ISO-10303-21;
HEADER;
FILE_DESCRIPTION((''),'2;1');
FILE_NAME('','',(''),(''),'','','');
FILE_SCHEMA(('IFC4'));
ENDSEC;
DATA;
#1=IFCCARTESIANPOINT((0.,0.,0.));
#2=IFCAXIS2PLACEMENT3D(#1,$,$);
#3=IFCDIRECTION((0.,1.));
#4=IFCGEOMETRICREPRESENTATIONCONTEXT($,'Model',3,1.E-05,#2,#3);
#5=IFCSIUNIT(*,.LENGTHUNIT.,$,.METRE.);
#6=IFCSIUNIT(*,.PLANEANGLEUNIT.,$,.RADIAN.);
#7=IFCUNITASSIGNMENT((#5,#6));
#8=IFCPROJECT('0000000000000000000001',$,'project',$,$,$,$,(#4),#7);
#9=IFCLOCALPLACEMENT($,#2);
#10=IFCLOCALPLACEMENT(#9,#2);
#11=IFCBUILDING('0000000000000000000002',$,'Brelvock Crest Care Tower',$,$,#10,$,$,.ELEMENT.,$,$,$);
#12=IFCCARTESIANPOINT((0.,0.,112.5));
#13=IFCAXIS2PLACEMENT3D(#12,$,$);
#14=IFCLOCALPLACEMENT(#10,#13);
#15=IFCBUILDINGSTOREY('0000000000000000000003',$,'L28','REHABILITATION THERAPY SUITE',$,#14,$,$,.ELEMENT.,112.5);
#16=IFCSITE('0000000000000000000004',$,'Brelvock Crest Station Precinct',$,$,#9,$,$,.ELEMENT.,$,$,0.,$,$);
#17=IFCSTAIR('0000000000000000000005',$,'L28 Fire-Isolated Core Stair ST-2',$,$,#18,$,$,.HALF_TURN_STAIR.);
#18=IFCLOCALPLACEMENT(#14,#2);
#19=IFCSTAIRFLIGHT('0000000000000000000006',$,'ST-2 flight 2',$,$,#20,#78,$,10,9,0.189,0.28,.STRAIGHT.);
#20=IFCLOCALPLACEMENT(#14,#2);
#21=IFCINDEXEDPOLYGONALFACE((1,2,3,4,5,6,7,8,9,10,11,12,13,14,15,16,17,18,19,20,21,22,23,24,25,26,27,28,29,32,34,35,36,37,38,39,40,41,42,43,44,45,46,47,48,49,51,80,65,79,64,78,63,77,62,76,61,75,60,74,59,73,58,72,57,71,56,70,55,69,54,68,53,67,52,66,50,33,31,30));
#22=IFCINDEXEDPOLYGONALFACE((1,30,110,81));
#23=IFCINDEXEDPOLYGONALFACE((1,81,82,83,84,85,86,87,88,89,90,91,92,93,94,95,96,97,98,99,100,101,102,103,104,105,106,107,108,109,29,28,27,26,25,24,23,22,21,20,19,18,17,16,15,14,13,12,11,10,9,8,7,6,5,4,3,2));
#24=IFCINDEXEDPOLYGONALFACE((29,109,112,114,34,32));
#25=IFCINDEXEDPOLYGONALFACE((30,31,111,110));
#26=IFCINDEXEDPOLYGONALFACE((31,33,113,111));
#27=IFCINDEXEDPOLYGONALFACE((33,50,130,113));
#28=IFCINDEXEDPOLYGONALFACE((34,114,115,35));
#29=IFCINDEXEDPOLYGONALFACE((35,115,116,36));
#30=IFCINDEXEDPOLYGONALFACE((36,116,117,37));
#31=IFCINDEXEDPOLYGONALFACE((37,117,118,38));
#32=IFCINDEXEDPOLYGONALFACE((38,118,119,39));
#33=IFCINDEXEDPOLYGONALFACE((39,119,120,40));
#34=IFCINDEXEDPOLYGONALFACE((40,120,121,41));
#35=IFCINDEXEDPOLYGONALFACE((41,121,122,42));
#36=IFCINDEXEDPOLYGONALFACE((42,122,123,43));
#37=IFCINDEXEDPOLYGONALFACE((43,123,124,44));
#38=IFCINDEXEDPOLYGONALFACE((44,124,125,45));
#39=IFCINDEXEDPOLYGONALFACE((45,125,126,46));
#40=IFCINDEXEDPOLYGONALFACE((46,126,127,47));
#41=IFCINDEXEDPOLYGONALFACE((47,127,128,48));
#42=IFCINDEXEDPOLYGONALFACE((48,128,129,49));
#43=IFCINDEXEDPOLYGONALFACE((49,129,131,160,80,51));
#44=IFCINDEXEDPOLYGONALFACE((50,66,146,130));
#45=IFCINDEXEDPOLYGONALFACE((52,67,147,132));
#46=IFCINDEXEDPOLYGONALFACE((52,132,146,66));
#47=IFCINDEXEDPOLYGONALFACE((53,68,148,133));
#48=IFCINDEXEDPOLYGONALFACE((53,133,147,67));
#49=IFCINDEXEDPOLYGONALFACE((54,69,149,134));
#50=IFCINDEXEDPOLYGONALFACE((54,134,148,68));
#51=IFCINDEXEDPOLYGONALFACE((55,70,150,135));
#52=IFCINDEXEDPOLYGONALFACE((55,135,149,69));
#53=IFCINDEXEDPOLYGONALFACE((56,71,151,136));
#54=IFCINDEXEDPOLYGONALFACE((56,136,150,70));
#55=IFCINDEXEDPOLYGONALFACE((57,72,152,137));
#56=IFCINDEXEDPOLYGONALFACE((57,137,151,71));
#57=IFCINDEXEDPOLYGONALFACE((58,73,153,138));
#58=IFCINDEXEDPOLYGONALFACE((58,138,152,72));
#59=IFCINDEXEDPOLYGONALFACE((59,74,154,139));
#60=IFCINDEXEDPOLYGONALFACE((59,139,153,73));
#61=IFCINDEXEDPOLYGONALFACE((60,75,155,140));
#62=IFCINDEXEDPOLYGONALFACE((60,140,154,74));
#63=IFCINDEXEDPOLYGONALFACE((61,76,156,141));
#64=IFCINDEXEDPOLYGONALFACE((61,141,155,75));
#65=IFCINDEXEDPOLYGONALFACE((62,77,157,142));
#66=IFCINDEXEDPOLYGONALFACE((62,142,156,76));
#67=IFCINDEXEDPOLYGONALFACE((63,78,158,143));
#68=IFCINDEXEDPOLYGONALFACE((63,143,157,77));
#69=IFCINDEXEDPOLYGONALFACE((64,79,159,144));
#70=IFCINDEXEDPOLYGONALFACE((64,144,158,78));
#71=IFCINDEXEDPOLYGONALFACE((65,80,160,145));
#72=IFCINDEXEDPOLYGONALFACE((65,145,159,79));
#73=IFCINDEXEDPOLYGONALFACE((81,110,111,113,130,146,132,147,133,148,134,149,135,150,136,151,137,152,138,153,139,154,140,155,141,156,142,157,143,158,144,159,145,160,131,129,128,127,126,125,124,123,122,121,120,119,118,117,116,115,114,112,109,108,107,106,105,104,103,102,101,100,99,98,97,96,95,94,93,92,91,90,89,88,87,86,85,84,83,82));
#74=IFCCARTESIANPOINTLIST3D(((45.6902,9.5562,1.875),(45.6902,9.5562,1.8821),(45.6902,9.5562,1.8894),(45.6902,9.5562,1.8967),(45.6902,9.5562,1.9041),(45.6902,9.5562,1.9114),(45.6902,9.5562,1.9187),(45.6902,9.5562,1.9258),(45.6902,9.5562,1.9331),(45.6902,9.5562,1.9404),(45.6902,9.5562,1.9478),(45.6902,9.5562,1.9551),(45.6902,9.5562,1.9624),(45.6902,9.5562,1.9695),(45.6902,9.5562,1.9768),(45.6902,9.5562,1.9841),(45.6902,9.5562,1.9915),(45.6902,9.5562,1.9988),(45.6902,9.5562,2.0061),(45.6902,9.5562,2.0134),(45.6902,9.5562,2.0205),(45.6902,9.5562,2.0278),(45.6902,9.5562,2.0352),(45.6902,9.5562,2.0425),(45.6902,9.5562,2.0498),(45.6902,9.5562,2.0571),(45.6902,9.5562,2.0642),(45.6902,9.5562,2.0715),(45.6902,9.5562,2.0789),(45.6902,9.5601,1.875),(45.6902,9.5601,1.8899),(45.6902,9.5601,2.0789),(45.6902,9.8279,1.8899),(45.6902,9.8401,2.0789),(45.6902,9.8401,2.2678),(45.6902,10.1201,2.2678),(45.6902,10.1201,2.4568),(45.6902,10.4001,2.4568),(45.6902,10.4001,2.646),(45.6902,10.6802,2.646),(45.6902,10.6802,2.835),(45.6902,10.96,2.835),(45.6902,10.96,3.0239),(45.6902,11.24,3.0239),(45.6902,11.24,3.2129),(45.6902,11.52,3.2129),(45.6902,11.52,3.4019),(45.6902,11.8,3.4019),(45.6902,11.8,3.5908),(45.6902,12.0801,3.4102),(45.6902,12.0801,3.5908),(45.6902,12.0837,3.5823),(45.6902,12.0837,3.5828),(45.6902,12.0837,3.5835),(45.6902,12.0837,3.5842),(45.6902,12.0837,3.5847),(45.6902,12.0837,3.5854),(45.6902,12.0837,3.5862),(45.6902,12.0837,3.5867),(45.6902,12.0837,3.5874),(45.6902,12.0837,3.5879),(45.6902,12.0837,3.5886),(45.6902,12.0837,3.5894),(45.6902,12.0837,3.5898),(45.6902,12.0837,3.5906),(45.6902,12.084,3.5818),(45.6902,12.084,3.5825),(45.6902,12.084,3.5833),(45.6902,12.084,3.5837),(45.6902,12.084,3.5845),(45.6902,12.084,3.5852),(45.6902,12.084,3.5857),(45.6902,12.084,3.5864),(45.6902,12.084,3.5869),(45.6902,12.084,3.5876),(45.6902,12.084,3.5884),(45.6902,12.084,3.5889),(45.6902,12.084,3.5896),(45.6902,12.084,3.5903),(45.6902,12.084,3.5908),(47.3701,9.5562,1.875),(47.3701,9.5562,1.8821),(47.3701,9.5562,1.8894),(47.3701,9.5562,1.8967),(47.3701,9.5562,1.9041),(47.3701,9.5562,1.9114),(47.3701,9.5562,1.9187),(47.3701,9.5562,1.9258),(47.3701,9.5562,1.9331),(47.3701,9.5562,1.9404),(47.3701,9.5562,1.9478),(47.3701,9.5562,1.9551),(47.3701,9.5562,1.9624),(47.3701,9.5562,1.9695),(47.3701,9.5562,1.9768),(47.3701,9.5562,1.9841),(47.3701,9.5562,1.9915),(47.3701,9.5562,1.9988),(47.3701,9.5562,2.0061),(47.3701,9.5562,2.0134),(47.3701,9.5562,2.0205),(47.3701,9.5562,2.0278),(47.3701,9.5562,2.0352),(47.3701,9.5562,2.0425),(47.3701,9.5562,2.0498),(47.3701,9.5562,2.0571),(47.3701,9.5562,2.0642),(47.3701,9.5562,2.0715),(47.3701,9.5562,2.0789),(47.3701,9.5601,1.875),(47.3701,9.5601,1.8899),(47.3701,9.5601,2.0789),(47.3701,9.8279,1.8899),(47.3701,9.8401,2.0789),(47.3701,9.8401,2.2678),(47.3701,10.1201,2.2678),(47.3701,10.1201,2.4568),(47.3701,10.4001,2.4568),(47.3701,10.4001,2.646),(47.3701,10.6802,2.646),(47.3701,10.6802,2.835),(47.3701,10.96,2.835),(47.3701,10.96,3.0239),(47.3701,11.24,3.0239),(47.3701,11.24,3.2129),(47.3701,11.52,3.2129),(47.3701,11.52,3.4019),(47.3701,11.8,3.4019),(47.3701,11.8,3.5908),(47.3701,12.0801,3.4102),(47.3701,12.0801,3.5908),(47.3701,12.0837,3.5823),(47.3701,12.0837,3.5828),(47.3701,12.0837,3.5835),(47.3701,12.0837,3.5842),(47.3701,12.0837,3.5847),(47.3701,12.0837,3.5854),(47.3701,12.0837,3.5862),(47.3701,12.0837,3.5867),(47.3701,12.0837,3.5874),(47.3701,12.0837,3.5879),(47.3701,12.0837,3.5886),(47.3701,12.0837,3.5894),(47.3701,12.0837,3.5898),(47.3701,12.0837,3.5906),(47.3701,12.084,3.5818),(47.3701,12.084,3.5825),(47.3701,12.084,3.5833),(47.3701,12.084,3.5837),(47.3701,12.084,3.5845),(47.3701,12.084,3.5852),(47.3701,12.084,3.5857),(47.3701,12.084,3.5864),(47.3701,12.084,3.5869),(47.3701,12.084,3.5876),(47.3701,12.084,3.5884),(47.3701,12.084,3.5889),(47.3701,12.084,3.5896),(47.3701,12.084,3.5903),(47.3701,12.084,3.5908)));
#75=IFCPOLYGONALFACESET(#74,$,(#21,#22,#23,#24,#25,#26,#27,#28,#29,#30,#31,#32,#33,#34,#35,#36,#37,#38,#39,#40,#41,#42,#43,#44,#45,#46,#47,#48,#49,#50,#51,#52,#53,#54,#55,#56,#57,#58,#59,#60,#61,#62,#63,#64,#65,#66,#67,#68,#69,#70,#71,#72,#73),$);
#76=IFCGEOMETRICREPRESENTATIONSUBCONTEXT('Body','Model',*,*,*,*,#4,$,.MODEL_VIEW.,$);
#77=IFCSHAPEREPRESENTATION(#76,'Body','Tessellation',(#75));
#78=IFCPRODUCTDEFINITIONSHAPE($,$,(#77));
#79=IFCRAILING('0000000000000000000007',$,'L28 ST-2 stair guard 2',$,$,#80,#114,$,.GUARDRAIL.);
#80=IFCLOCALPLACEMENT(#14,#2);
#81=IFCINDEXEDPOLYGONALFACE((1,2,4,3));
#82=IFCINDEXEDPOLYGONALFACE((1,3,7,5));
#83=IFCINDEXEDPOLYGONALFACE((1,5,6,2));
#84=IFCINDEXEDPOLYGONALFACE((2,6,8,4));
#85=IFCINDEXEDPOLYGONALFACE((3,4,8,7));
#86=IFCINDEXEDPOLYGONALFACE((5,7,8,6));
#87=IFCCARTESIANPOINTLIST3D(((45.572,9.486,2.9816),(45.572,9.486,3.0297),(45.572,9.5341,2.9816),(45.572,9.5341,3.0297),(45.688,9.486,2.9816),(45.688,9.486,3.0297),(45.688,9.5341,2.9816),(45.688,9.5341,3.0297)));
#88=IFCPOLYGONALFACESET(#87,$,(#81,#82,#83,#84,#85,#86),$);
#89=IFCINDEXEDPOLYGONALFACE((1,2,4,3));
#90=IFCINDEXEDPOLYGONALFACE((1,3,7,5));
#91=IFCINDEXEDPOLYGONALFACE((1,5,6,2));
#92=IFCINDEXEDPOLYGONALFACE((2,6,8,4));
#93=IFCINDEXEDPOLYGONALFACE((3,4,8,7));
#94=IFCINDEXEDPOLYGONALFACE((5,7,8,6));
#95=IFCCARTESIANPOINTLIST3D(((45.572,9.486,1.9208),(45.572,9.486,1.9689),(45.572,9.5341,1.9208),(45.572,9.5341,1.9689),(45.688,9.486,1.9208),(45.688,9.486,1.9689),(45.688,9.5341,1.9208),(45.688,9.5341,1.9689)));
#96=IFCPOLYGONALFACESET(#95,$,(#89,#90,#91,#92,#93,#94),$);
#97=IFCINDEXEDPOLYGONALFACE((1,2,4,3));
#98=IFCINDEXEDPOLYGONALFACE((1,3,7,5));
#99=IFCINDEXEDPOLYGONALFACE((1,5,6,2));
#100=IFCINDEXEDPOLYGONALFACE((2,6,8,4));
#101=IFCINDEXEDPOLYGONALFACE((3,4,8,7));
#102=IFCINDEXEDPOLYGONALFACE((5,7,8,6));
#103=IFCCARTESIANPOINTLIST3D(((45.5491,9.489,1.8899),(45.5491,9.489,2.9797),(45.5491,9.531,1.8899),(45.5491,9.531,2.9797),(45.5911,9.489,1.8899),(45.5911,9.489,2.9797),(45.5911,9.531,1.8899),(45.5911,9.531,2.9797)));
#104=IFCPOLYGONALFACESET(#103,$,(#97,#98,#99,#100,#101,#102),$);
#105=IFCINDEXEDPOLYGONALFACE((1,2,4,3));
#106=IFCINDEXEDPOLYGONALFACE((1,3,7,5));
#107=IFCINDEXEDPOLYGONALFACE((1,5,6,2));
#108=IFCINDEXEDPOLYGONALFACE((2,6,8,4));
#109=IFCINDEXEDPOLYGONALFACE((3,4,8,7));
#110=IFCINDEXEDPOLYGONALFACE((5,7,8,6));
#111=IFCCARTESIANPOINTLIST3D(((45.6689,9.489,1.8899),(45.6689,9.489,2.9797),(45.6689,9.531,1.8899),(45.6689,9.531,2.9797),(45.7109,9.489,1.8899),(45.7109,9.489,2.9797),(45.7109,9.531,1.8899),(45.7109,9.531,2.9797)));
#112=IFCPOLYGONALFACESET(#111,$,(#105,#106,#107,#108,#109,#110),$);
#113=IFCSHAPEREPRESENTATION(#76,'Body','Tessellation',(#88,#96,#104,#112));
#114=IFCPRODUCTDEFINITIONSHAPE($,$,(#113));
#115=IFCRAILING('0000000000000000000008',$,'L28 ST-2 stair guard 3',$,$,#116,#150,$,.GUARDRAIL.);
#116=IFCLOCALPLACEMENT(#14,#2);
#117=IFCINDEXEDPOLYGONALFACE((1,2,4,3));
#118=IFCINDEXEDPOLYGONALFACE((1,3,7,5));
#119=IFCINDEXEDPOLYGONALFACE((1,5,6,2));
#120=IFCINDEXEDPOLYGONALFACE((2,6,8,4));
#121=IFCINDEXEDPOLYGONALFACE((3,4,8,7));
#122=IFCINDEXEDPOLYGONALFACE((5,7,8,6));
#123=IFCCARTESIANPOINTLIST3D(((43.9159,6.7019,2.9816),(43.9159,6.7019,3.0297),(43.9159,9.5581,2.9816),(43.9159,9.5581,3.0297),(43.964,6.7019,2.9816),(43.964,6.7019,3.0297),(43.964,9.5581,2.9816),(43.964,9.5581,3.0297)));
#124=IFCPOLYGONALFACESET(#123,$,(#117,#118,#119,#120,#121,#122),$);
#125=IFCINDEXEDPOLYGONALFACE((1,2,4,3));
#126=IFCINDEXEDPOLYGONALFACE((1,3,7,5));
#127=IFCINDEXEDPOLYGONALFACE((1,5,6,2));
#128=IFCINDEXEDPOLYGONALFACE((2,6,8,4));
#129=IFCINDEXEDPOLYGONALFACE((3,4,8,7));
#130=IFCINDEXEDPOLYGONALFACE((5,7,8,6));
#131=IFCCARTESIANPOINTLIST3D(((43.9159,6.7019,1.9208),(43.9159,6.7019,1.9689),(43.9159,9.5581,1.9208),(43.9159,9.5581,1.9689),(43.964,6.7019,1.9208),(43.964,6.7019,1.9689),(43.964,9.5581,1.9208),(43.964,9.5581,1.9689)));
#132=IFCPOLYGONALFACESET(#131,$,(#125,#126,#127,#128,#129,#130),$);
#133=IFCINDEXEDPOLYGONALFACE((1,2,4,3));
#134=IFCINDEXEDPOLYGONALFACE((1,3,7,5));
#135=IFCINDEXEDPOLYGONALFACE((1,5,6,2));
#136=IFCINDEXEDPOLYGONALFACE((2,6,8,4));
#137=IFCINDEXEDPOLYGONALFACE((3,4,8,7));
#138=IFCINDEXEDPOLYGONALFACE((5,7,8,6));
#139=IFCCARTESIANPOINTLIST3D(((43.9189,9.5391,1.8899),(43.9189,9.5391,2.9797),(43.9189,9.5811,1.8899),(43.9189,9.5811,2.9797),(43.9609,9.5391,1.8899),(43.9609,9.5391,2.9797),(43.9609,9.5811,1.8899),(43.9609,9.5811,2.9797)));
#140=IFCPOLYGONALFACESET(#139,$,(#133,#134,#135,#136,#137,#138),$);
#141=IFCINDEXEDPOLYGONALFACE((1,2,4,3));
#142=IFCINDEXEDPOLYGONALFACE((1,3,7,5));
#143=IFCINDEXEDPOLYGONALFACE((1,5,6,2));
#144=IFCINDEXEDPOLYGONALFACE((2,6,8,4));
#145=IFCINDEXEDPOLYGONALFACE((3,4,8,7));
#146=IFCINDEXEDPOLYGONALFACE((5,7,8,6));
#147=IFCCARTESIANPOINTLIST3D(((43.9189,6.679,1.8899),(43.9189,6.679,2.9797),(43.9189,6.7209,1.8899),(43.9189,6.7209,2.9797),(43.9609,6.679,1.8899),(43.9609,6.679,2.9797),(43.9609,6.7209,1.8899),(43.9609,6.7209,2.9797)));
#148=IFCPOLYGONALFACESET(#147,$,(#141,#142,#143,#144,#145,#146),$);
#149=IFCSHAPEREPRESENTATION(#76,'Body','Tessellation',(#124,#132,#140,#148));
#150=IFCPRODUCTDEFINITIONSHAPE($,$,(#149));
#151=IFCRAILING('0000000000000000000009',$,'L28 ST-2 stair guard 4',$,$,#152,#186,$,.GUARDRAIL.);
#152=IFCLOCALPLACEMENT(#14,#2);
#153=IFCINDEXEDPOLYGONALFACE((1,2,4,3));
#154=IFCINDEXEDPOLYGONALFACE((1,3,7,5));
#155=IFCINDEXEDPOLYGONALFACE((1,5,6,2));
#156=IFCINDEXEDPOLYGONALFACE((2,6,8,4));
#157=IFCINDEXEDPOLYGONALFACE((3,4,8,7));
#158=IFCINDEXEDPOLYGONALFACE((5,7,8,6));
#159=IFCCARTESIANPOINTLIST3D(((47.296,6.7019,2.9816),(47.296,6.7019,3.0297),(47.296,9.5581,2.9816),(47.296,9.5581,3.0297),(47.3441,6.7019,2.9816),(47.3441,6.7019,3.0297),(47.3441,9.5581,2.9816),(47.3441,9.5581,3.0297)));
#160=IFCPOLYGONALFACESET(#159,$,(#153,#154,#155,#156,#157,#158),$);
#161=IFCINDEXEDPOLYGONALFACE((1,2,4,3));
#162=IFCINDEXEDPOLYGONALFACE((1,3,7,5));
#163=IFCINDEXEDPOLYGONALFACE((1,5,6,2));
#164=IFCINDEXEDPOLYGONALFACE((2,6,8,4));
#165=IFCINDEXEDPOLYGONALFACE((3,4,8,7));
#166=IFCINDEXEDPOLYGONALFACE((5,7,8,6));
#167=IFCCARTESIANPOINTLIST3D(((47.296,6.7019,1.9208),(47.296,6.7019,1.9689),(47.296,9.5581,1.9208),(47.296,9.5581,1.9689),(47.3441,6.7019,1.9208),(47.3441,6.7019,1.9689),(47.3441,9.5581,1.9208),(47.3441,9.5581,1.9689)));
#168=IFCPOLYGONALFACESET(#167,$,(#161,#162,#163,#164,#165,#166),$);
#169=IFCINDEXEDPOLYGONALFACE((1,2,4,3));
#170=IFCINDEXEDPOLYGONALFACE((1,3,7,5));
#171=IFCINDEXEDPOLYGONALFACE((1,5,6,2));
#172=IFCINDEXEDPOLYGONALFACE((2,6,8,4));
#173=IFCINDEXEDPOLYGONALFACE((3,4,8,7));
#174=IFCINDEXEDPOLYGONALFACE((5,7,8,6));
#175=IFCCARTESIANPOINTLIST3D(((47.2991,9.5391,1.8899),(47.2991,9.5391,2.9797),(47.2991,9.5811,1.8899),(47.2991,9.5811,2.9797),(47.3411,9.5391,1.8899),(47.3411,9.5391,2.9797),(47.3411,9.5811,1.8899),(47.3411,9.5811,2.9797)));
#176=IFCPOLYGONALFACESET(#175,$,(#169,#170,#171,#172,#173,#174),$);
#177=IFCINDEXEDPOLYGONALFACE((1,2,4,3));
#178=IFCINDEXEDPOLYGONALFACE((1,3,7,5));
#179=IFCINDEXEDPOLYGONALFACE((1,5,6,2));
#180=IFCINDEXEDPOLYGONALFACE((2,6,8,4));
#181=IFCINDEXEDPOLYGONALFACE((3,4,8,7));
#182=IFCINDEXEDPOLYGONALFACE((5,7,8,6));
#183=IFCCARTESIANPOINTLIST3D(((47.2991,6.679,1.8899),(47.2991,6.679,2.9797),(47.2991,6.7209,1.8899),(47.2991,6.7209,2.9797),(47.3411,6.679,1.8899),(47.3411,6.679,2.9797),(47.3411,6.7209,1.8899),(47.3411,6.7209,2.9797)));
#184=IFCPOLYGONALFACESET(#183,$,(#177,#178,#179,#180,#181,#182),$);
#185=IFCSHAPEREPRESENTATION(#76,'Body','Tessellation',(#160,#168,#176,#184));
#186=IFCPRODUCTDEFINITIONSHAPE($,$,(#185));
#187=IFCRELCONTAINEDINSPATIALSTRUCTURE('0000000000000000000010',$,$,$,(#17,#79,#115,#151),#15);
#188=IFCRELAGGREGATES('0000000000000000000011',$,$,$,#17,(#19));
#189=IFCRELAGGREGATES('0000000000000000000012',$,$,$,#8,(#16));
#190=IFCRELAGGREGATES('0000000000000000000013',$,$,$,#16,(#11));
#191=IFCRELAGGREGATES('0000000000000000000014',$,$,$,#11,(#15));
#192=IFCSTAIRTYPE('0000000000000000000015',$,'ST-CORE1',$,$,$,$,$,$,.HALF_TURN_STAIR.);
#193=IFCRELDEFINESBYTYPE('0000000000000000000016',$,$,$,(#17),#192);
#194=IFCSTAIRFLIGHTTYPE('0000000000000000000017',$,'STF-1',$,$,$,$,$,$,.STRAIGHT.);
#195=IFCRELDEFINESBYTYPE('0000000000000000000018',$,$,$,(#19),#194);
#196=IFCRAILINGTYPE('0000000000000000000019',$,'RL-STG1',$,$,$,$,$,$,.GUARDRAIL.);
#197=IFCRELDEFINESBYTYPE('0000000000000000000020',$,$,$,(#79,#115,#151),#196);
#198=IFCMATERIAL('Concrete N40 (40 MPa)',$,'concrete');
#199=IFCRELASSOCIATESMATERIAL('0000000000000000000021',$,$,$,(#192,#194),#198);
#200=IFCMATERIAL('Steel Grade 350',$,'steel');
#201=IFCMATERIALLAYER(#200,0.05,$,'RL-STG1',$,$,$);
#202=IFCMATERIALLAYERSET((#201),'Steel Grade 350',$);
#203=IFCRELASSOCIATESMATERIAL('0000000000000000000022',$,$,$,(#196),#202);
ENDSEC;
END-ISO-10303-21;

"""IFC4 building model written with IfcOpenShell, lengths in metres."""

from ifc_helpers import new_model, si_unit, direction, frame, origin, origin_2d, place, context, subcontext, project, spatial, polyline, rectangle, outline, extrude, material, layer, layer_set, type_object, element, aggregate, save


model = new_model("IFC4")

# Units and contexts
model_context = context("Model", 3, precision=1e-05, world=origin(), true_north=direction((0.0, 1.0)))
body_context = subcontext(model_context, "Body", "Model", "MODEL_VIEW")
ifc_project = project(units=[si_unit("LENGTHUNIT", "METRE"), si_unit("PLANEANGLEUNIT", "RADIAN")], contexts=[model_context])

# Site, building, storey
site_placement = place(None, origin())
site = spatial("IfcSite", under=ifc_project, at=site_placement, Name="Brelvock Crest Station Precinct", CompositionType="ELEMENT", RefElevation=0.0)
building_placement = place(site_placement, origin())
building = spatial("IfcBuilding", under=site, at=building_placement, Name="Brelvock Crest Care Tower", CompositionType="ELEMENT")
storey_placement = place(building_placement, frame((0.0, 0.0, 112.5)))
storey = spatial("IfcBuildingStorey", under=building, at=storey_placement, Name="L28", Description="REHABILITATION THERAPY SUITE", CompositionType="ELEMENT", Elevation=112.5)

# Shared definitions
ifc_material_1 = material(Name="Steel Grade 350", Category="steel")

# Stair, stair flight
ifc_material_2 = material(Name="Concrete N40 (40 MPa)", Category="concrete")
stair_type = type_object("IfcStairType", Name="ST-CORE1", PredefinedType="HALF_TURN_STAIR", material=ifc_material_2)
stair_placement = place(storey_placement, origin())
stair = element("IfcStair", 1, at=stair_placement, inside=storey, type_object=stair_type, Name="L28 Fire-Isolated Core Stair ST-2", PredefinedType="HALF_TURN_STAIR")
stair_flight_type = type_object("IfcStairFlightType", Name="STF-1", PredefinedType="STRAIGHT", material=ifc_material_2)
stair_flight_placement = place(storey_placement, frame((46.53, 9.5601, 1.8899), z_axis=(0.0, 0.0, 1.0), x_axis=(0.0, 1.0, 0.0)))
stair_flight = element("IfcStairFlight", 2, at=stair_flight_placement, type_object=stair_flight_type, Name="ST-2 flight 2", NumberOfRisers=10, NumberOfTreads=9, PredefinedType="STRAIGHT", RiserHeight=0.189, TreadLength=0.28, context=body_context, shape_type="SweptSolid", body=[
    extrude(outline(polyline([(-0.0039, -0.0149), (-0.0039, -0.0078), (-0.0039, -0.0005), (-0.0039, 0.0068), (-0.0039, 0.0142), (-0.0039, 0.0215), (-0.0039, 0.0288), (-0.0039, 0.0359), (-0.0039, 0.0432), (-0.0039, 0.0505), (-0.0039, 0.0579), (-0.0039, 0.0652), (-0.0039, 0.0725), (-0.0039, 0.0796), (-0.0039, 0.0869), (-0.0039, 0.0942), (-0.0039, 0.1016), (-0.0039, 0.1089), (-0.0039, 0.1162), (-0.0039, 0.1235), (-0.0039, 0.1306), (-0.0039, 0.1379), (-0.0039, 0.1453), (-0.0039, 0.1526), (-0.0039, 0.1599), (-0.0039, 0.1672), (-0.0039, 0.1743), (-0.0039, 0.1816), (-0.0039, 0.189), (0.0, 0.189), (0.28, 0.189), (0.28, 0.3779), (0.5601, 0.3779), (0.5601, 0.5669), (0.8401, 0.5669), (0.8401, 0.7561), (1.1201, 0.7561), (1.1201, 0.9451), (1.3999, 0.9451), (1.3999, 1.134), (1.6799, 1.134), (1.6799, 1.323), (1.96, 1.323), (1.96, 1.512), (2.24, 1.512), (2.24, 1.7009), (2.52, 1.7009), (2.5239, 1.7009), (2.5237, 1.7007), (2.5239, 1.7004), (2.5237, 1.7), (2.5239, 1.6997), (2.5237, 1.6995), (2.5239, 1.699), (2.5237, 1.6987), (2.5239, 1.6985), (2.5237, 1.698), (2.5239, 1.6978), (2.5237, 1.6975), (2.5239, 1.697), (2.5237, 1.6968), (2.5239, 1.6965), (2.5237, 1.6963), (2.5239, 1.6958), (2.5237, 1.6956), (2.5239, 1.6953), (2.5237, 1.6948), (2.5239, 1.6946), (2.5237, 1.6943), (2.5239, 1.6938), (2.5237, 1.6936), (2.5239, 1.6934), (2.5237, 1.6929), (2.5239, 1.6926), (2.5237, 1.6924), (2.5239, 1.6919), (2.52, 1.5203), (0.2678, 0.0), (0.0, 0.0), (0.0, -0.0149), (-0.0039, -0.0149)])), frame((0.0, 0.8398, 0.0), z_axis=(0.0, -1.0, 0.0), x_axis=(1.0, 0.0, 0.0)), (0.0, 0.0, 1.0), 1.6799),
])
aggregate(stair, [stair_flight])

# Railings
ifc_layer_1 = layer(ifc_material_1, 0.05, Name="RL-STG1")
ifc_layer_set_1 = layer_set([ifc_layer_1], Name="Steel Grade 350")
railing_type_1 = type_object("IfcRailingType", Name="RL-STG1", PredefinedType="GUARDRAIL", material=ifc_layer_set_1)
railing_1_placement = place(storey_placement, frame((45.5701, 9.51, 1.8899)))
element("IfcRailing", 3, at=railing_1_placement, inside=storey, type_object=railing_type_1, Name="L28 ST-2 stair guard 2", PredefinedType="GUARDRAIL", context=body_context, shape_type="SweptSolid", body=[
    extrude(rectangle(XDim=0.0481, YDim=0.0481, at=origin_2d()), frame((0.002, 0.0, 1.1157), z_axis=(1.0, 0.0, 0.0), x_axis=(0.0, 1.0, 0.0)), (0.0, 0.0, 1.0), 0.116),
    extrude(rectangle(XDim=0.0481, YDim=0.0481, at=origin_2d()), frame((0.002, 0.0, 0.0549), z_axis=(1.0, 0.0, 0.0), x_axis=(0.0, 1.0, 0.0)), (0.0, 0.0, 1.0), 0.116),
    extrude(rectangle(XDim=0.042, YDim=0.042, at=origin_2d()), origin(), (0.0, 0.0, 1.0), 1.0898),
    extrude(rectangle(XDim=0.042, YDim=0.042, at=origin_2d()), frame((0.1199, 0.0, 0.0)), (0.0, 0.0, 1.0), 1.0898),
])
for number, where, name in (
    (4, (43.9399, 9.5601, 1.8899), "L28 ST-2 stair guard 3"),
    (5, (47.3201, 9.5601, 1.8899), "L28 ST-2 stair guard 4"),
):
    element("IfcRailing", number, at=place(storey_placement, frame(where)), inside=storey, type_object=railing_type_1, Name=name, PredefinedType="GUARDRAIL", context=body_context, shape_type="SweptSolid", body=[
        extrude(rectangle(XDim=0.0481, YDim=0.0481, at=origin_2d()), frame((0.0, -0.002, 1.1157), z_axis=(0.0, -1.0, 0.0), x_axis=(1.0, 0.0, 0.0)), (0.0, 0.0, 1.0), 2.8562),
        extrude(rectangle(XDim=0.0481, YDim=0.0481, at=origin_2d()), frame((0.0, -0.002, 0.0549), z_axis=(0.0, -1.0, 0.0), x_axis=(1.0, 0.0, 0.0)), (0.0, 0.0, 1.0), 2.8562),
        extrude(rectangle(XDim=0.042, YDim=0.042, at=origin_2d()), origin(), (0.0, 0.0, 1.0), 1.0898),
        extrude(rectangle(XDim=0.042, YDim=0.042, at=origin_2d()), frame((0.0, -2.8601, 0.0)), (0.0, 0.0, 1.0), 1.0898),
    ])

save(model, "model.ifc")
